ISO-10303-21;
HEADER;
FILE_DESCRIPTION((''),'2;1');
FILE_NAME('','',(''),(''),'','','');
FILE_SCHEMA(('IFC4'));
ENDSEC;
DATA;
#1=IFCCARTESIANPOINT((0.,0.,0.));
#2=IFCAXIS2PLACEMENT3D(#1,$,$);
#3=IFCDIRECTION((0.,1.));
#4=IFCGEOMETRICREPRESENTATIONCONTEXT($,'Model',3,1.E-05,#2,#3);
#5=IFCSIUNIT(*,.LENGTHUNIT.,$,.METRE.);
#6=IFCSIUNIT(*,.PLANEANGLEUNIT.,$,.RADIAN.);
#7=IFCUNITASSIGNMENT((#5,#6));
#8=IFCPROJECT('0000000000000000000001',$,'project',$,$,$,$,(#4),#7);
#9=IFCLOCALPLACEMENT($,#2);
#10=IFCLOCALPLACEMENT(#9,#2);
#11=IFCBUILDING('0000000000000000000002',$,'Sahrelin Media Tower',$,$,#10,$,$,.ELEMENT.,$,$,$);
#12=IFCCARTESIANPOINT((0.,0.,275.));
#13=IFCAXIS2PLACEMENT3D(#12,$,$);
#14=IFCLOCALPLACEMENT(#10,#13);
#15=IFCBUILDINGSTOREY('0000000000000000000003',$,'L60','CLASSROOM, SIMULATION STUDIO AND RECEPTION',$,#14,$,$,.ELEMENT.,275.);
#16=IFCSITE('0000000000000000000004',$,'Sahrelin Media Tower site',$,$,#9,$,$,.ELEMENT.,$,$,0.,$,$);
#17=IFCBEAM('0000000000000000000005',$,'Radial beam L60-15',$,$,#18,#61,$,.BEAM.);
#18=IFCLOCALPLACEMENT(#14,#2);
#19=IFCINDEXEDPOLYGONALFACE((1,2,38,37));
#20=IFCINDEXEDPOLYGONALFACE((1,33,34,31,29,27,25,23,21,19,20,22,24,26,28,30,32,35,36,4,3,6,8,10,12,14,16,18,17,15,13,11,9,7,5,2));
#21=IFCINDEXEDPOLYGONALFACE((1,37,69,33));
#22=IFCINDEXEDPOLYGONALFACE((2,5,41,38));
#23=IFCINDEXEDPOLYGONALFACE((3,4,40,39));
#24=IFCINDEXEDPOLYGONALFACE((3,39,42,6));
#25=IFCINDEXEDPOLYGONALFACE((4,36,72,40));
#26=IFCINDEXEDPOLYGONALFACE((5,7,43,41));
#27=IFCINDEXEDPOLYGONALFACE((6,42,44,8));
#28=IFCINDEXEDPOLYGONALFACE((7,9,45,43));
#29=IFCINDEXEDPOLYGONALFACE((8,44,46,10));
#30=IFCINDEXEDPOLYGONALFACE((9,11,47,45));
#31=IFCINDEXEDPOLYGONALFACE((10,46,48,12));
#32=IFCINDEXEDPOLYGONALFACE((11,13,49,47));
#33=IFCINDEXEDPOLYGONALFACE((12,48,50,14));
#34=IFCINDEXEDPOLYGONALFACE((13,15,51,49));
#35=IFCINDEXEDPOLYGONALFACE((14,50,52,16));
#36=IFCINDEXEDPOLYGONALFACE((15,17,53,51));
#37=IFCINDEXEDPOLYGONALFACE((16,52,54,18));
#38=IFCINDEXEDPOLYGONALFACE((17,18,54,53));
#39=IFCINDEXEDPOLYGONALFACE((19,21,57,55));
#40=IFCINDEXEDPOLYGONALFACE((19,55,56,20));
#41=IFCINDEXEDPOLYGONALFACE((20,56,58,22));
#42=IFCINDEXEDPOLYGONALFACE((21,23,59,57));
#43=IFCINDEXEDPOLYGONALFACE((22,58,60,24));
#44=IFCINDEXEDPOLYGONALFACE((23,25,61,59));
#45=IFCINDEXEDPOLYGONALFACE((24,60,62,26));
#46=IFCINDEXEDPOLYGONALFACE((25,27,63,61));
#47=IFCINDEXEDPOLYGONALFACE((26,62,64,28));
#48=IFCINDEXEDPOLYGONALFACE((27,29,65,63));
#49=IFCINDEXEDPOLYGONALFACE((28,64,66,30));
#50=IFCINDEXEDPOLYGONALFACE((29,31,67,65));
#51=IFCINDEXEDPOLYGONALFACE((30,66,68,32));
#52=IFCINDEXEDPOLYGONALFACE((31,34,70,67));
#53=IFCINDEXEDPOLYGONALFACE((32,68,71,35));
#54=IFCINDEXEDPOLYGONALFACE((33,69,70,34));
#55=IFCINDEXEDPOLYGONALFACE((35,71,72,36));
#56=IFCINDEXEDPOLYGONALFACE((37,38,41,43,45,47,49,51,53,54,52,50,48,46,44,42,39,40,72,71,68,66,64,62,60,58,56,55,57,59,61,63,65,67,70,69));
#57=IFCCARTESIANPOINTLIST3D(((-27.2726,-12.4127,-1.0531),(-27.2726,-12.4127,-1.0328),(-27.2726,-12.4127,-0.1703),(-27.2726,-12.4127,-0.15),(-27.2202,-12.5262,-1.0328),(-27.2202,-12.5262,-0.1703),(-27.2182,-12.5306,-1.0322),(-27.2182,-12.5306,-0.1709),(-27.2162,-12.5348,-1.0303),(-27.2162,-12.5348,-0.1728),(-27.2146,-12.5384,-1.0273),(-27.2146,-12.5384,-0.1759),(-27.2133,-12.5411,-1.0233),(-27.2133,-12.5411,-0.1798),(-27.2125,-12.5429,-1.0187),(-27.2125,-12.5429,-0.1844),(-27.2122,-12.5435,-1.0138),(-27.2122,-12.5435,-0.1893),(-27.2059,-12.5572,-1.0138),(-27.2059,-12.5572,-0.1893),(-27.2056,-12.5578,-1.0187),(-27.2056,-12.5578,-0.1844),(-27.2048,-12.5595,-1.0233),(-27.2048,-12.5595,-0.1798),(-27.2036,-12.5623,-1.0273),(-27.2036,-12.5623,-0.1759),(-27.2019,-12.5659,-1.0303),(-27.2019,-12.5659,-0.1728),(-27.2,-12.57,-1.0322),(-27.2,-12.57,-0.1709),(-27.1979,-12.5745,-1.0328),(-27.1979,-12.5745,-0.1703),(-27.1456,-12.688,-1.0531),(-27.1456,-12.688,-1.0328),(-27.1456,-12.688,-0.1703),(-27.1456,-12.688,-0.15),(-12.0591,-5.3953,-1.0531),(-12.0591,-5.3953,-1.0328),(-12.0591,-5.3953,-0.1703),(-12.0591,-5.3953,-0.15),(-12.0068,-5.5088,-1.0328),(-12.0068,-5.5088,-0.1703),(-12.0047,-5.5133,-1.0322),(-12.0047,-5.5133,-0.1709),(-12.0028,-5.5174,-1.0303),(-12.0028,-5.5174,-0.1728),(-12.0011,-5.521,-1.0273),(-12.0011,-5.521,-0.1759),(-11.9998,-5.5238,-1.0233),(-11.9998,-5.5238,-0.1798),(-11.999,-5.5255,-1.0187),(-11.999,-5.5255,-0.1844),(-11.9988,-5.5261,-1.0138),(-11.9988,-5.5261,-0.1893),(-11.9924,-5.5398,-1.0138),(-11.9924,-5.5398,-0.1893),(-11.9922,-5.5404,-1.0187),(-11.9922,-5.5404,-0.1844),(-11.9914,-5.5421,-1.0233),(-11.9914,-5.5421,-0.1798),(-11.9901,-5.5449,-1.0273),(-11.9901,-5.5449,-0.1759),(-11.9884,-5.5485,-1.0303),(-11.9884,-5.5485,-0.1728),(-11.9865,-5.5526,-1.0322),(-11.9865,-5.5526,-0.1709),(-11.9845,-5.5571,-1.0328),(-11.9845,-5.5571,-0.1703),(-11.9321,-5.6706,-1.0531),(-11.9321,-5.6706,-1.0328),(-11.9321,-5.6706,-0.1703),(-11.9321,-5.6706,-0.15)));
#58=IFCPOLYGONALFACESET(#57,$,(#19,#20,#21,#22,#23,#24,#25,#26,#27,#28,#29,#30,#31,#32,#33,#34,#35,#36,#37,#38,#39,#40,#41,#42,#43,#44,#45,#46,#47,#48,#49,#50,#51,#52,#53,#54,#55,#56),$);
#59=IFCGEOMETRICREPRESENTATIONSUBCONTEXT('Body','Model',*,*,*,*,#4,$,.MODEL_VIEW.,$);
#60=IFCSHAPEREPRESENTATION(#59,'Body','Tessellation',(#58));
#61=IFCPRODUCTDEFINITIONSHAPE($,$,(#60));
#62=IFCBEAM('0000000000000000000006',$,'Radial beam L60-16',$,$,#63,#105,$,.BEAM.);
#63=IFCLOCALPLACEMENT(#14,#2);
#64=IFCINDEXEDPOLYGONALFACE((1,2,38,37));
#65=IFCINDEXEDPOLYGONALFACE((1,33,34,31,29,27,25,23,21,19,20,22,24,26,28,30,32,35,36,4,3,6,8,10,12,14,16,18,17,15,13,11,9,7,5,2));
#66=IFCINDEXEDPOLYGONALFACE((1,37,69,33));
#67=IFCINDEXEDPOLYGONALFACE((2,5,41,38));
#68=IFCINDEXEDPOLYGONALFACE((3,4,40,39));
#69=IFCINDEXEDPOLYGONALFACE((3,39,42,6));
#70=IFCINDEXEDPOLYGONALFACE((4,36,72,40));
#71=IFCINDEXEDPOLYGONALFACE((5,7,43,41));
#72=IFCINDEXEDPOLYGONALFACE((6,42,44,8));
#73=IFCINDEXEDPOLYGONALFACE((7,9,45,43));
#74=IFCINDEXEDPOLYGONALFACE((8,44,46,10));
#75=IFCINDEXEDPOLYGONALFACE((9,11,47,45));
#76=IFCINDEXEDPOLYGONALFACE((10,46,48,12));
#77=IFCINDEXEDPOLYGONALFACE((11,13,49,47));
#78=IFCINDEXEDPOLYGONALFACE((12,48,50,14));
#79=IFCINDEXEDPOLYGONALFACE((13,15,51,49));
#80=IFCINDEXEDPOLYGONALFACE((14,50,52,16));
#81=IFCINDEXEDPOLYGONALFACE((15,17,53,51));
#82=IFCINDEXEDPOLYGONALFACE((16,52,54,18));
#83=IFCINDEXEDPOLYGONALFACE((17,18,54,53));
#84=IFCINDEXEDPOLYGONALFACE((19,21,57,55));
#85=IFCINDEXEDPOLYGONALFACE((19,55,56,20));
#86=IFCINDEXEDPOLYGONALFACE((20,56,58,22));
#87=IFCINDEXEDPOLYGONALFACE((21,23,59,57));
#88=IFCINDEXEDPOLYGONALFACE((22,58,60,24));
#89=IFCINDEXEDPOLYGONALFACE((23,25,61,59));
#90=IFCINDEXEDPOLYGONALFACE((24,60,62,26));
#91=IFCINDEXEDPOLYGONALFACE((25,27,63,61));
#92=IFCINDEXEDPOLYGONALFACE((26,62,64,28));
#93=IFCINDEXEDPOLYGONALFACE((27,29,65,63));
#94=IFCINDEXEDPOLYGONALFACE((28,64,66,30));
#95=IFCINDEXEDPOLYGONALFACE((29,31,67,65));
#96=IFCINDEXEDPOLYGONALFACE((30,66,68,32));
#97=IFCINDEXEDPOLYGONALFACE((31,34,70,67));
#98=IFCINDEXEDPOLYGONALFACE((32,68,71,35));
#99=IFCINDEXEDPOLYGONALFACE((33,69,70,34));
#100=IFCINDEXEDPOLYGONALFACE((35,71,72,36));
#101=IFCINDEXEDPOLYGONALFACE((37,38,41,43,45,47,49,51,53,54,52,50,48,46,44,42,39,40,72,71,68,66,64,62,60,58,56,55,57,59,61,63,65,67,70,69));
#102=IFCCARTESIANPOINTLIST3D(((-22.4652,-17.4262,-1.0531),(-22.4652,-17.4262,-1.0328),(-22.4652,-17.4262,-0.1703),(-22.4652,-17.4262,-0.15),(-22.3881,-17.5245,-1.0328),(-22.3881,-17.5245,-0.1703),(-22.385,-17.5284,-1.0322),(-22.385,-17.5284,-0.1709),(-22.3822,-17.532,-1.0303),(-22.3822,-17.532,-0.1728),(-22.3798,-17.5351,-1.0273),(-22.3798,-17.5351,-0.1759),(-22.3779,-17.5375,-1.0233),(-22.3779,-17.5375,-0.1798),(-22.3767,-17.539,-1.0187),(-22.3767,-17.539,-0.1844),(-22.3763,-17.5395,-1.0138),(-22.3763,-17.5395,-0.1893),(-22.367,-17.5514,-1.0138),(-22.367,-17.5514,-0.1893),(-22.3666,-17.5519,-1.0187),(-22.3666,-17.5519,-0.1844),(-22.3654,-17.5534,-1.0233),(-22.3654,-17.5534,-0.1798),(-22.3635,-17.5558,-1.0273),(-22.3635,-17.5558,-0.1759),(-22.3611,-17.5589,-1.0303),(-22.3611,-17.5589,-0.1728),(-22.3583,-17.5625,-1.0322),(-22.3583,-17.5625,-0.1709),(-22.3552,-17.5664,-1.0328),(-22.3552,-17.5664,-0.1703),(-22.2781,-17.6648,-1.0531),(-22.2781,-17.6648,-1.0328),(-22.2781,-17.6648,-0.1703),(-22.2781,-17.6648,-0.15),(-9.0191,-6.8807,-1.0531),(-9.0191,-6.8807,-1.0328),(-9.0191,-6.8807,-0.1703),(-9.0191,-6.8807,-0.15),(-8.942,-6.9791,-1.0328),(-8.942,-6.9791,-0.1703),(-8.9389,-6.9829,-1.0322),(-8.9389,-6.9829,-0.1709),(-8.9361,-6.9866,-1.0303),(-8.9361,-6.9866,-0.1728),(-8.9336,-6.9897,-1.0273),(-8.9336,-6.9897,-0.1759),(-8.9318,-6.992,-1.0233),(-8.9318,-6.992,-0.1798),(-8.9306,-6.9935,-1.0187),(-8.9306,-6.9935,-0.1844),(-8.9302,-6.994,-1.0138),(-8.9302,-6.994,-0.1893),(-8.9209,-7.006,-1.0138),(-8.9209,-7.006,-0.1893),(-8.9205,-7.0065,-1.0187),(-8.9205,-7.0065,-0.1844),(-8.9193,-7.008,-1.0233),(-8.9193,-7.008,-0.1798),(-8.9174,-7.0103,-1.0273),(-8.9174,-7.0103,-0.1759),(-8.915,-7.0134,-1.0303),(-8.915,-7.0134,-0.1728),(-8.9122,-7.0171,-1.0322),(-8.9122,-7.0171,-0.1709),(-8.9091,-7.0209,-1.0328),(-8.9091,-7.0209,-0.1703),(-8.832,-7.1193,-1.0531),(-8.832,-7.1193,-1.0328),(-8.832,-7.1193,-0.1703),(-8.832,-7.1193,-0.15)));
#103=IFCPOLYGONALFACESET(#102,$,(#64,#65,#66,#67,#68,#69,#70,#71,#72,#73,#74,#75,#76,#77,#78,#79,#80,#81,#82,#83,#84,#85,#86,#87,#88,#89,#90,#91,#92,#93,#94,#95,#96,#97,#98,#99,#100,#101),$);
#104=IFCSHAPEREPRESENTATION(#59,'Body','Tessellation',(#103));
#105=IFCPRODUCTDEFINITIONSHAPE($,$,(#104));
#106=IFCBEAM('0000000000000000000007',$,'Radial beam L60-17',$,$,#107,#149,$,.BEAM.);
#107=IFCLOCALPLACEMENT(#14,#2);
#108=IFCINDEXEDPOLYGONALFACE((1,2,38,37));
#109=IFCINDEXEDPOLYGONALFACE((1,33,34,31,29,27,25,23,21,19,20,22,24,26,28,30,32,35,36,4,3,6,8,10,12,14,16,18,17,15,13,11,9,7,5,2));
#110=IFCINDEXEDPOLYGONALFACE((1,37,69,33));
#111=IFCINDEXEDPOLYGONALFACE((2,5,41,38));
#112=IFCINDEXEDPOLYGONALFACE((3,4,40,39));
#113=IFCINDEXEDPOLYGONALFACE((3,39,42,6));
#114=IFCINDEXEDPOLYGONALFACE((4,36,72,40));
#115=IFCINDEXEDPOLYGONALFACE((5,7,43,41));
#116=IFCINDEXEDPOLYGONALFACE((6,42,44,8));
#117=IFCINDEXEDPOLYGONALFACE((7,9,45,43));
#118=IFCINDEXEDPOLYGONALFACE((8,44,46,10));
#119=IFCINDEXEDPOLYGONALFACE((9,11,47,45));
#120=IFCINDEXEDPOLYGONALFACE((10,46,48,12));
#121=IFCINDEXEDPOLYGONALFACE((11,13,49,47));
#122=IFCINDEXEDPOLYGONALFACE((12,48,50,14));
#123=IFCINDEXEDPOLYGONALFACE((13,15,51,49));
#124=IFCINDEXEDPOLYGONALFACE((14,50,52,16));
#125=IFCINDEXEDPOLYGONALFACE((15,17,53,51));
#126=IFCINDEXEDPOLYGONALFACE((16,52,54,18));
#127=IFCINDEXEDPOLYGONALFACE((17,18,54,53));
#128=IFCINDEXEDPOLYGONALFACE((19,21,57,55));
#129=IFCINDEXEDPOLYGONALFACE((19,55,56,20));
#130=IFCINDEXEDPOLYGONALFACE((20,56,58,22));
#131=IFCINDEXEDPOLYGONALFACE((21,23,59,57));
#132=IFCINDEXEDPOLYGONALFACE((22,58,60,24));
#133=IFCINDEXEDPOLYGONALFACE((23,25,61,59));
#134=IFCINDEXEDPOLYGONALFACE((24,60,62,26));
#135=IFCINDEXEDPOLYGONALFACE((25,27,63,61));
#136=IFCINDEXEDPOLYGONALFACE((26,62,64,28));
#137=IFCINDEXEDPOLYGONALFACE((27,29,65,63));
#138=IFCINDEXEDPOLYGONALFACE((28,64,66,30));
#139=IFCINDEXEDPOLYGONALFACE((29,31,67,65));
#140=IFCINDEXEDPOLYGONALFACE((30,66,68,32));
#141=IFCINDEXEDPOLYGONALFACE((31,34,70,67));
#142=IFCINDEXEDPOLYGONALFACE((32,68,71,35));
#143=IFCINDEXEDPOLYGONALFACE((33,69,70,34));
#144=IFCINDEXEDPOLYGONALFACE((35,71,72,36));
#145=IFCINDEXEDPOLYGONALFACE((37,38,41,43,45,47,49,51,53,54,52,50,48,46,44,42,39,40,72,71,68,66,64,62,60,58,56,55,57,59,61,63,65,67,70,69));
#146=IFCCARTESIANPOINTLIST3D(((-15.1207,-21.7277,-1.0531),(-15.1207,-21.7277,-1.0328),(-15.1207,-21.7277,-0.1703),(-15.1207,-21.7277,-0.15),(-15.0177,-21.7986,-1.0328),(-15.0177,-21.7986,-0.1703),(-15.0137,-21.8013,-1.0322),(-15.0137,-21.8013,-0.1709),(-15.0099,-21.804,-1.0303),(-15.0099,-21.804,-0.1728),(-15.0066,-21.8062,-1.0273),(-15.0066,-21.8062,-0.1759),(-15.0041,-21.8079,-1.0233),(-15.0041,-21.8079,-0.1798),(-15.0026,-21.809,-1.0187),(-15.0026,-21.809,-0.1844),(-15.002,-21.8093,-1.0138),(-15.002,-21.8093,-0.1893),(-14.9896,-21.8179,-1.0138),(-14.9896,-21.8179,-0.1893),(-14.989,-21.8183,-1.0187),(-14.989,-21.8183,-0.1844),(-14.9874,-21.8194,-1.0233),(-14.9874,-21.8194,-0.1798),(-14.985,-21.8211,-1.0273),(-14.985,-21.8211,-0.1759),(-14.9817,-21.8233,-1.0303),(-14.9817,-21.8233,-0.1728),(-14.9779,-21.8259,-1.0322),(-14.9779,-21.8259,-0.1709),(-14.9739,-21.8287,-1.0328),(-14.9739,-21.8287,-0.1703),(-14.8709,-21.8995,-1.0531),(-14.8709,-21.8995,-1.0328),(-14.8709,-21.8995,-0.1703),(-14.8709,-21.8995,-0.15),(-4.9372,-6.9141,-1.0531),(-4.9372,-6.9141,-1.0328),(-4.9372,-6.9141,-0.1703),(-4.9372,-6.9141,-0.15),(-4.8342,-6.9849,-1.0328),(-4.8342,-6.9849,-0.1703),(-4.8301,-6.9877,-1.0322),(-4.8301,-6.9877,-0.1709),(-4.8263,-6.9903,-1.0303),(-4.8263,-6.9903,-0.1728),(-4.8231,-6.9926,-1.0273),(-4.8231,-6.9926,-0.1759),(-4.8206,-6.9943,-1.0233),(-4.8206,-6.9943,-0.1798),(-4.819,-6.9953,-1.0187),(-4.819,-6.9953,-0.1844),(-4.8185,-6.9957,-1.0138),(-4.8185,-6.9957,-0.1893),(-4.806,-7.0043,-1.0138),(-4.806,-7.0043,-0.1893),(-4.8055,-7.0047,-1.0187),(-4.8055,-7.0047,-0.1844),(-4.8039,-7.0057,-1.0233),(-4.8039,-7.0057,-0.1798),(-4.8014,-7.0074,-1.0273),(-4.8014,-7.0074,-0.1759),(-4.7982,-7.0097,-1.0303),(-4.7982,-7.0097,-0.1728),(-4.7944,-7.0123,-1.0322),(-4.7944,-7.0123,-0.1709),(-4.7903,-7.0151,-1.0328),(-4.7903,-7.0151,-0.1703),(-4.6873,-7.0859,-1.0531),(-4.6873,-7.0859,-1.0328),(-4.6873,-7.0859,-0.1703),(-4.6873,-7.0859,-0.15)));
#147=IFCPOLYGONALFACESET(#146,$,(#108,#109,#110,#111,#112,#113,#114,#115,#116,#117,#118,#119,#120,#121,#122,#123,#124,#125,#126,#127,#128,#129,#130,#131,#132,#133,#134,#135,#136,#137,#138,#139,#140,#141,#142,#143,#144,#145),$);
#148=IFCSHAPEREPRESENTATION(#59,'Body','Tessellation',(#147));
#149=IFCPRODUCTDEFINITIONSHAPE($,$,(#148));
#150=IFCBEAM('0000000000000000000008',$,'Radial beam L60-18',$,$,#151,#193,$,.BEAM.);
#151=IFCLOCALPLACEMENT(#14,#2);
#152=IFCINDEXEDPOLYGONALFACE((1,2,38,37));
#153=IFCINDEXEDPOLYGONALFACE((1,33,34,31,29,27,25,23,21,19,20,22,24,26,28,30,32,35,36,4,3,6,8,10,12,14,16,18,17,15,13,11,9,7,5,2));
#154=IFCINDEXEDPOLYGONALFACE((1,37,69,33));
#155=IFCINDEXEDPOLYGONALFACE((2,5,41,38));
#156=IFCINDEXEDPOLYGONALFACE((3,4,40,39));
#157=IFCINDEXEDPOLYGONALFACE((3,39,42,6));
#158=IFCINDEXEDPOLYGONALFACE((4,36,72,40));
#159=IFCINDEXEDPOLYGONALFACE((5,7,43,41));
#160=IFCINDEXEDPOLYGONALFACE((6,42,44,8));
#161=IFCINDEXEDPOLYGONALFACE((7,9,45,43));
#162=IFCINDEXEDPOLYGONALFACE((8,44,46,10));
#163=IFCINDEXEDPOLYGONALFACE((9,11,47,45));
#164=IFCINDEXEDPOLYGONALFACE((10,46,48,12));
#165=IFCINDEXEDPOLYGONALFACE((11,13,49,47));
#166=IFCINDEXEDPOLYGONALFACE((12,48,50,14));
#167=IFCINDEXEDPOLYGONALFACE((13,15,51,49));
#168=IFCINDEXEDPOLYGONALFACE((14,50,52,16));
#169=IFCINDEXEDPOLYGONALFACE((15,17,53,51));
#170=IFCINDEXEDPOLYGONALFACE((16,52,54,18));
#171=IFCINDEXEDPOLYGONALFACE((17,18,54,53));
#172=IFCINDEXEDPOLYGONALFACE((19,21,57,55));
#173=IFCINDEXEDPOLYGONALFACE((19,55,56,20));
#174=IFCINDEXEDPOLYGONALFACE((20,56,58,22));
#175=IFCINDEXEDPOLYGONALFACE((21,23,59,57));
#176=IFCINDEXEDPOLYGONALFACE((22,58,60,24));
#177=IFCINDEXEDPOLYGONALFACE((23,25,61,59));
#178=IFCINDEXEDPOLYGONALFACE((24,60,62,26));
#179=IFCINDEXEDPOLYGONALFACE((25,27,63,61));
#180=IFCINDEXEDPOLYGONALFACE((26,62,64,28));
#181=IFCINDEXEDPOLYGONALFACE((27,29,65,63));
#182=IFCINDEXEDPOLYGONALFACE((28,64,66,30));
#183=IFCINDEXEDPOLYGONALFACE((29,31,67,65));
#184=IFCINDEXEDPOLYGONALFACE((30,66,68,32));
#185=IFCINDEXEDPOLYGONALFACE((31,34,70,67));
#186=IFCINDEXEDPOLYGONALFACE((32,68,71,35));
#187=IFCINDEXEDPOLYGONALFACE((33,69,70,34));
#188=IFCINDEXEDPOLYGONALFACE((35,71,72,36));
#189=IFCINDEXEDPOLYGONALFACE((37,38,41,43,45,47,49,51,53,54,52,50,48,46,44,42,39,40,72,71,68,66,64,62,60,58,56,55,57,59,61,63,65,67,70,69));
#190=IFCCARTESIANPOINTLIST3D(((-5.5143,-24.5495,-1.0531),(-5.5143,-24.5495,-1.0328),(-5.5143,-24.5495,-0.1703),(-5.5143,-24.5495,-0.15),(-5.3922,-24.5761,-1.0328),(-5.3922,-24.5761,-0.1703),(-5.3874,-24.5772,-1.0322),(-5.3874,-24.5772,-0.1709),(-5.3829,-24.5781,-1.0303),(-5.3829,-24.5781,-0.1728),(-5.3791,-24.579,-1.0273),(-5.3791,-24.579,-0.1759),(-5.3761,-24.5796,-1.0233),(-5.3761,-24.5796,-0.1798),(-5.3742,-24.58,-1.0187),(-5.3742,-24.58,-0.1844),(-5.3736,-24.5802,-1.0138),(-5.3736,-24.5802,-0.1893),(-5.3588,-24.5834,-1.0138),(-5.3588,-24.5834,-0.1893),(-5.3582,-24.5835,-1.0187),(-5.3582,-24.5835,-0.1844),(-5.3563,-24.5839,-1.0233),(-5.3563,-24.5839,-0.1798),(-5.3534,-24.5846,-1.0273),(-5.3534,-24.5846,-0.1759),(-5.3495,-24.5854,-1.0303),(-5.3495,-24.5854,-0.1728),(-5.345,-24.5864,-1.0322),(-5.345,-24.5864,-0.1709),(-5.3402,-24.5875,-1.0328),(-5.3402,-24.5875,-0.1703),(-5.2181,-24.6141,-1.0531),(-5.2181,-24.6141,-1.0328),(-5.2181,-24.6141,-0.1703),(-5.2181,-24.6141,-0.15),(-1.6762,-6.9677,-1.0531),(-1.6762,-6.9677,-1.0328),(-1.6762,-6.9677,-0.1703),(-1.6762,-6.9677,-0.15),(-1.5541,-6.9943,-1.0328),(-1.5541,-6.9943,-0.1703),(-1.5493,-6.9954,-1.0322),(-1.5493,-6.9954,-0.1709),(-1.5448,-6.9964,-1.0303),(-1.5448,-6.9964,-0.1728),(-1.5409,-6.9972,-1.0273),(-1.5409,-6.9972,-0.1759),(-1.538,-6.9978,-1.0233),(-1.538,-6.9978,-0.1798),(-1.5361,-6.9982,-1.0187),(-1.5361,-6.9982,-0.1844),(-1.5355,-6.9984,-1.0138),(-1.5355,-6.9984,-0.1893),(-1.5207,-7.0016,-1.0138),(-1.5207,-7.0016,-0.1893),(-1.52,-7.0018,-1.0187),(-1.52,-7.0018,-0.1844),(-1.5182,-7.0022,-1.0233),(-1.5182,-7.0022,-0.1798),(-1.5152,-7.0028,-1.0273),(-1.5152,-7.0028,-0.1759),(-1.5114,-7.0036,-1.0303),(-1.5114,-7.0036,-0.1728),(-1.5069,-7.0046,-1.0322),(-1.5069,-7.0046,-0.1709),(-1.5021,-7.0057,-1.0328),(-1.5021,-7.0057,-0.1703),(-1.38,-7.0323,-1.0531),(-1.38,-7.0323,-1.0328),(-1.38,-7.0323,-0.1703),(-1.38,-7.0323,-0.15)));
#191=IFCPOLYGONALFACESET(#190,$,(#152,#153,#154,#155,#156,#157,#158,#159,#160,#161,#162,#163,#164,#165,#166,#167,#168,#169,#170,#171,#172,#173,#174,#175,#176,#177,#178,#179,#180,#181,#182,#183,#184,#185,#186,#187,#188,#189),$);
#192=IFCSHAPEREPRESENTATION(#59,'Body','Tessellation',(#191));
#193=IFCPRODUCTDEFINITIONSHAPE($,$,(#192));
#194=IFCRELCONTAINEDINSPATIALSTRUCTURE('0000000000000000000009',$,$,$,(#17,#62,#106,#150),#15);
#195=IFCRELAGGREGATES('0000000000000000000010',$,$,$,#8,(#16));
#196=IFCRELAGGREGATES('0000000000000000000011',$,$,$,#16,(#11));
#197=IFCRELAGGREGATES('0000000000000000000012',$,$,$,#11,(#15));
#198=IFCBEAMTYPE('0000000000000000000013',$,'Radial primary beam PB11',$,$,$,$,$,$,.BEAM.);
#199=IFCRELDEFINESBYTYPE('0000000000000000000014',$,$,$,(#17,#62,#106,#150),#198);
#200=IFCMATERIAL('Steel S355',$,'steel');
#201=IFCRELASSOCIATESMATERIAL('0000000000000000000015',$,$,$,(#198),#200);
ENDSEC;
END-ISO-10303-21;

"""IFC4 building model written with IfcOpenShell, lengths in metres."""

from ifc_helpers import new_model, si_unit, direction, frame, origin, origin_2d, place, context, subcontext, project, spatial, i_section, extrude, material, material_profile, profile_set, type_object, element, save


model = new_model("IFC4")

# Units and contexts
model_context = context("Model", 3, precision=1e-05, world=origin(), true_north=direction((0.0, 1.0)))
body_context = subcontext(model_context, "Body", "Model", "MODEL_VIEW")
ifc_project = project(units=[si_unit("LENGTHUNIT", "METRE"), si_unit("PLANEANGLEUNIT", "RADIAN")], contexts=[model_context])

# Site, building, storey
site_placement = place(None, origin())
site = spatial("IfcSite", under=ifc_project, at=site_placement, Name="Sahrelin Media Tower site", CompositionType="ELEMENT", RefElevation=0.0)
building_placement = place(site_placement, origin())
building = spatial("IfcBuilding", under=site, at=building_placement, Name="Sahrelin Media Tower", CompositionType="ELEMENT")
storey_placement = place(building_placement, frame((0.0, 0.0, 275.0)))
storey = spatial("IfcBuildingStorey", under=building, at=storey_placement, Name="L60", Description="CLASSROOM, SIMULATION STUDIO AND RECEPTION", CompositionType="ELEMENT", Elevation=275.0)

# Beams
ifc_material_1 = material(Name="Steel S355", Category="steel")
ifc_material_profile_1 = material_profile(ifc_material_1, i_section(OverallWidth=0.3032, OverallDepth=0.9031, WebThickness=0.0151, FlangeThickness=0.0203, FilletRadius=0.019, at=origin_2d()), Name="UB 914x305x201")
ifc_profile_set_1 = profile_set([ifc_material_profile_1], Name="Steel S355")
beam_type_1 = type_object("IfcBeamType", Name="Radial primary beam PB11", PredefinedType="BEAM", material=ifc_profile_set_1)
beam_1_placement = place(storey_placement, frame((-11.9956, -5.533, -0.6016), z_axis=(-0.908055, -0.41885, 0.0), x_axis=(0.41885, -0.908055, 0.0)))
element("IfcBeam", 1, at=beam_1_placement, inside=storey, type_object=beam_type_1, Name="Radial beam L60-15", PredefinedType="BEAM", context=body_context, shape_type="SweptSolid", body=[
    extrude(i_section(OverallWidth=0.3032, OverallDepth=0.9031, WebThickness=0.0151, FlangeThickness=0.0203, FilletRadius=0.019, at=origin_2d()), origin(), (0.0, 0.0, 1.0), 16.7539),
])
beam_2_placement = place(storey_placement, frame((-8.9255, -7.0, -0.6016), z_axis=(-0.786868, -0.617122, 0.0), x_axis=(0.617122, -0.786868, 0.0)))
element("IfcBeam", 2, at=beam_2_placement, inside=storey, type_object=beam_type_1, Name="Radial beam L60-16", PredefinedType="BEAM", context=body_context, shape_type="SweptSolid", body=[
    extrude(i_section(OverallWidth=0.3032, OverallDepth=0.9031, WebThickness=0.0151, FlangeThickness=0.0203, FilletRadius=0.019, at=origin_2d()), origin(), (0.0, 0.0, 1.0), 17.0881),
])
beam_3_placement = place(storey_placement, frame((-4.8123, -7.0, -0.6016), z_axis=(-0.566497, -0.824064, 0.0), x_axis=(0.824064, -0.566497, 0.0)))
element("IfcBeam", 3, at=beam_3_placement, inside=storey, type_object=beam_type_1, Name="Radial beam L60-17", PredefinedType="BEAM", context=body_context, shape_type="SweptSolid", body=[
    extrude(i_section(OverallWidth=0.3032, OverallDepth=0.9031, WebThickness=0.0151, FlangeThickness=0.0203, FilletRadius=0.019, at=origin_2d()), origin(), (0.0, 0.0, 1.0), 17.9763),
])
beam_4_placement = place(storey_placement, frame((-1.5281, -7.0, -0.6016), z_axis=(-0.213279, -0.976991, 0.0), x_axis=(0.976991, -0.213279, 0.0)))
element("IfcBeam", 4, at=beam_4_placement, inside=storey, type_object=beam_type_1, Name="Radial beam L60-18", PredefinedType="BEAM", context=body_context, shape_type="SweptSolid", body=[
    extrude(i_section(OverallWidth=0.3032, OverallDepth=0.9031, WebThickness=0.0151, FlangeThickness=0.0203, FilletRadius=0.019, at=origin_2d()), origin(), (0.0, 0.0, 1.0), 17.9958),
])

save(model, "model.ifc")
